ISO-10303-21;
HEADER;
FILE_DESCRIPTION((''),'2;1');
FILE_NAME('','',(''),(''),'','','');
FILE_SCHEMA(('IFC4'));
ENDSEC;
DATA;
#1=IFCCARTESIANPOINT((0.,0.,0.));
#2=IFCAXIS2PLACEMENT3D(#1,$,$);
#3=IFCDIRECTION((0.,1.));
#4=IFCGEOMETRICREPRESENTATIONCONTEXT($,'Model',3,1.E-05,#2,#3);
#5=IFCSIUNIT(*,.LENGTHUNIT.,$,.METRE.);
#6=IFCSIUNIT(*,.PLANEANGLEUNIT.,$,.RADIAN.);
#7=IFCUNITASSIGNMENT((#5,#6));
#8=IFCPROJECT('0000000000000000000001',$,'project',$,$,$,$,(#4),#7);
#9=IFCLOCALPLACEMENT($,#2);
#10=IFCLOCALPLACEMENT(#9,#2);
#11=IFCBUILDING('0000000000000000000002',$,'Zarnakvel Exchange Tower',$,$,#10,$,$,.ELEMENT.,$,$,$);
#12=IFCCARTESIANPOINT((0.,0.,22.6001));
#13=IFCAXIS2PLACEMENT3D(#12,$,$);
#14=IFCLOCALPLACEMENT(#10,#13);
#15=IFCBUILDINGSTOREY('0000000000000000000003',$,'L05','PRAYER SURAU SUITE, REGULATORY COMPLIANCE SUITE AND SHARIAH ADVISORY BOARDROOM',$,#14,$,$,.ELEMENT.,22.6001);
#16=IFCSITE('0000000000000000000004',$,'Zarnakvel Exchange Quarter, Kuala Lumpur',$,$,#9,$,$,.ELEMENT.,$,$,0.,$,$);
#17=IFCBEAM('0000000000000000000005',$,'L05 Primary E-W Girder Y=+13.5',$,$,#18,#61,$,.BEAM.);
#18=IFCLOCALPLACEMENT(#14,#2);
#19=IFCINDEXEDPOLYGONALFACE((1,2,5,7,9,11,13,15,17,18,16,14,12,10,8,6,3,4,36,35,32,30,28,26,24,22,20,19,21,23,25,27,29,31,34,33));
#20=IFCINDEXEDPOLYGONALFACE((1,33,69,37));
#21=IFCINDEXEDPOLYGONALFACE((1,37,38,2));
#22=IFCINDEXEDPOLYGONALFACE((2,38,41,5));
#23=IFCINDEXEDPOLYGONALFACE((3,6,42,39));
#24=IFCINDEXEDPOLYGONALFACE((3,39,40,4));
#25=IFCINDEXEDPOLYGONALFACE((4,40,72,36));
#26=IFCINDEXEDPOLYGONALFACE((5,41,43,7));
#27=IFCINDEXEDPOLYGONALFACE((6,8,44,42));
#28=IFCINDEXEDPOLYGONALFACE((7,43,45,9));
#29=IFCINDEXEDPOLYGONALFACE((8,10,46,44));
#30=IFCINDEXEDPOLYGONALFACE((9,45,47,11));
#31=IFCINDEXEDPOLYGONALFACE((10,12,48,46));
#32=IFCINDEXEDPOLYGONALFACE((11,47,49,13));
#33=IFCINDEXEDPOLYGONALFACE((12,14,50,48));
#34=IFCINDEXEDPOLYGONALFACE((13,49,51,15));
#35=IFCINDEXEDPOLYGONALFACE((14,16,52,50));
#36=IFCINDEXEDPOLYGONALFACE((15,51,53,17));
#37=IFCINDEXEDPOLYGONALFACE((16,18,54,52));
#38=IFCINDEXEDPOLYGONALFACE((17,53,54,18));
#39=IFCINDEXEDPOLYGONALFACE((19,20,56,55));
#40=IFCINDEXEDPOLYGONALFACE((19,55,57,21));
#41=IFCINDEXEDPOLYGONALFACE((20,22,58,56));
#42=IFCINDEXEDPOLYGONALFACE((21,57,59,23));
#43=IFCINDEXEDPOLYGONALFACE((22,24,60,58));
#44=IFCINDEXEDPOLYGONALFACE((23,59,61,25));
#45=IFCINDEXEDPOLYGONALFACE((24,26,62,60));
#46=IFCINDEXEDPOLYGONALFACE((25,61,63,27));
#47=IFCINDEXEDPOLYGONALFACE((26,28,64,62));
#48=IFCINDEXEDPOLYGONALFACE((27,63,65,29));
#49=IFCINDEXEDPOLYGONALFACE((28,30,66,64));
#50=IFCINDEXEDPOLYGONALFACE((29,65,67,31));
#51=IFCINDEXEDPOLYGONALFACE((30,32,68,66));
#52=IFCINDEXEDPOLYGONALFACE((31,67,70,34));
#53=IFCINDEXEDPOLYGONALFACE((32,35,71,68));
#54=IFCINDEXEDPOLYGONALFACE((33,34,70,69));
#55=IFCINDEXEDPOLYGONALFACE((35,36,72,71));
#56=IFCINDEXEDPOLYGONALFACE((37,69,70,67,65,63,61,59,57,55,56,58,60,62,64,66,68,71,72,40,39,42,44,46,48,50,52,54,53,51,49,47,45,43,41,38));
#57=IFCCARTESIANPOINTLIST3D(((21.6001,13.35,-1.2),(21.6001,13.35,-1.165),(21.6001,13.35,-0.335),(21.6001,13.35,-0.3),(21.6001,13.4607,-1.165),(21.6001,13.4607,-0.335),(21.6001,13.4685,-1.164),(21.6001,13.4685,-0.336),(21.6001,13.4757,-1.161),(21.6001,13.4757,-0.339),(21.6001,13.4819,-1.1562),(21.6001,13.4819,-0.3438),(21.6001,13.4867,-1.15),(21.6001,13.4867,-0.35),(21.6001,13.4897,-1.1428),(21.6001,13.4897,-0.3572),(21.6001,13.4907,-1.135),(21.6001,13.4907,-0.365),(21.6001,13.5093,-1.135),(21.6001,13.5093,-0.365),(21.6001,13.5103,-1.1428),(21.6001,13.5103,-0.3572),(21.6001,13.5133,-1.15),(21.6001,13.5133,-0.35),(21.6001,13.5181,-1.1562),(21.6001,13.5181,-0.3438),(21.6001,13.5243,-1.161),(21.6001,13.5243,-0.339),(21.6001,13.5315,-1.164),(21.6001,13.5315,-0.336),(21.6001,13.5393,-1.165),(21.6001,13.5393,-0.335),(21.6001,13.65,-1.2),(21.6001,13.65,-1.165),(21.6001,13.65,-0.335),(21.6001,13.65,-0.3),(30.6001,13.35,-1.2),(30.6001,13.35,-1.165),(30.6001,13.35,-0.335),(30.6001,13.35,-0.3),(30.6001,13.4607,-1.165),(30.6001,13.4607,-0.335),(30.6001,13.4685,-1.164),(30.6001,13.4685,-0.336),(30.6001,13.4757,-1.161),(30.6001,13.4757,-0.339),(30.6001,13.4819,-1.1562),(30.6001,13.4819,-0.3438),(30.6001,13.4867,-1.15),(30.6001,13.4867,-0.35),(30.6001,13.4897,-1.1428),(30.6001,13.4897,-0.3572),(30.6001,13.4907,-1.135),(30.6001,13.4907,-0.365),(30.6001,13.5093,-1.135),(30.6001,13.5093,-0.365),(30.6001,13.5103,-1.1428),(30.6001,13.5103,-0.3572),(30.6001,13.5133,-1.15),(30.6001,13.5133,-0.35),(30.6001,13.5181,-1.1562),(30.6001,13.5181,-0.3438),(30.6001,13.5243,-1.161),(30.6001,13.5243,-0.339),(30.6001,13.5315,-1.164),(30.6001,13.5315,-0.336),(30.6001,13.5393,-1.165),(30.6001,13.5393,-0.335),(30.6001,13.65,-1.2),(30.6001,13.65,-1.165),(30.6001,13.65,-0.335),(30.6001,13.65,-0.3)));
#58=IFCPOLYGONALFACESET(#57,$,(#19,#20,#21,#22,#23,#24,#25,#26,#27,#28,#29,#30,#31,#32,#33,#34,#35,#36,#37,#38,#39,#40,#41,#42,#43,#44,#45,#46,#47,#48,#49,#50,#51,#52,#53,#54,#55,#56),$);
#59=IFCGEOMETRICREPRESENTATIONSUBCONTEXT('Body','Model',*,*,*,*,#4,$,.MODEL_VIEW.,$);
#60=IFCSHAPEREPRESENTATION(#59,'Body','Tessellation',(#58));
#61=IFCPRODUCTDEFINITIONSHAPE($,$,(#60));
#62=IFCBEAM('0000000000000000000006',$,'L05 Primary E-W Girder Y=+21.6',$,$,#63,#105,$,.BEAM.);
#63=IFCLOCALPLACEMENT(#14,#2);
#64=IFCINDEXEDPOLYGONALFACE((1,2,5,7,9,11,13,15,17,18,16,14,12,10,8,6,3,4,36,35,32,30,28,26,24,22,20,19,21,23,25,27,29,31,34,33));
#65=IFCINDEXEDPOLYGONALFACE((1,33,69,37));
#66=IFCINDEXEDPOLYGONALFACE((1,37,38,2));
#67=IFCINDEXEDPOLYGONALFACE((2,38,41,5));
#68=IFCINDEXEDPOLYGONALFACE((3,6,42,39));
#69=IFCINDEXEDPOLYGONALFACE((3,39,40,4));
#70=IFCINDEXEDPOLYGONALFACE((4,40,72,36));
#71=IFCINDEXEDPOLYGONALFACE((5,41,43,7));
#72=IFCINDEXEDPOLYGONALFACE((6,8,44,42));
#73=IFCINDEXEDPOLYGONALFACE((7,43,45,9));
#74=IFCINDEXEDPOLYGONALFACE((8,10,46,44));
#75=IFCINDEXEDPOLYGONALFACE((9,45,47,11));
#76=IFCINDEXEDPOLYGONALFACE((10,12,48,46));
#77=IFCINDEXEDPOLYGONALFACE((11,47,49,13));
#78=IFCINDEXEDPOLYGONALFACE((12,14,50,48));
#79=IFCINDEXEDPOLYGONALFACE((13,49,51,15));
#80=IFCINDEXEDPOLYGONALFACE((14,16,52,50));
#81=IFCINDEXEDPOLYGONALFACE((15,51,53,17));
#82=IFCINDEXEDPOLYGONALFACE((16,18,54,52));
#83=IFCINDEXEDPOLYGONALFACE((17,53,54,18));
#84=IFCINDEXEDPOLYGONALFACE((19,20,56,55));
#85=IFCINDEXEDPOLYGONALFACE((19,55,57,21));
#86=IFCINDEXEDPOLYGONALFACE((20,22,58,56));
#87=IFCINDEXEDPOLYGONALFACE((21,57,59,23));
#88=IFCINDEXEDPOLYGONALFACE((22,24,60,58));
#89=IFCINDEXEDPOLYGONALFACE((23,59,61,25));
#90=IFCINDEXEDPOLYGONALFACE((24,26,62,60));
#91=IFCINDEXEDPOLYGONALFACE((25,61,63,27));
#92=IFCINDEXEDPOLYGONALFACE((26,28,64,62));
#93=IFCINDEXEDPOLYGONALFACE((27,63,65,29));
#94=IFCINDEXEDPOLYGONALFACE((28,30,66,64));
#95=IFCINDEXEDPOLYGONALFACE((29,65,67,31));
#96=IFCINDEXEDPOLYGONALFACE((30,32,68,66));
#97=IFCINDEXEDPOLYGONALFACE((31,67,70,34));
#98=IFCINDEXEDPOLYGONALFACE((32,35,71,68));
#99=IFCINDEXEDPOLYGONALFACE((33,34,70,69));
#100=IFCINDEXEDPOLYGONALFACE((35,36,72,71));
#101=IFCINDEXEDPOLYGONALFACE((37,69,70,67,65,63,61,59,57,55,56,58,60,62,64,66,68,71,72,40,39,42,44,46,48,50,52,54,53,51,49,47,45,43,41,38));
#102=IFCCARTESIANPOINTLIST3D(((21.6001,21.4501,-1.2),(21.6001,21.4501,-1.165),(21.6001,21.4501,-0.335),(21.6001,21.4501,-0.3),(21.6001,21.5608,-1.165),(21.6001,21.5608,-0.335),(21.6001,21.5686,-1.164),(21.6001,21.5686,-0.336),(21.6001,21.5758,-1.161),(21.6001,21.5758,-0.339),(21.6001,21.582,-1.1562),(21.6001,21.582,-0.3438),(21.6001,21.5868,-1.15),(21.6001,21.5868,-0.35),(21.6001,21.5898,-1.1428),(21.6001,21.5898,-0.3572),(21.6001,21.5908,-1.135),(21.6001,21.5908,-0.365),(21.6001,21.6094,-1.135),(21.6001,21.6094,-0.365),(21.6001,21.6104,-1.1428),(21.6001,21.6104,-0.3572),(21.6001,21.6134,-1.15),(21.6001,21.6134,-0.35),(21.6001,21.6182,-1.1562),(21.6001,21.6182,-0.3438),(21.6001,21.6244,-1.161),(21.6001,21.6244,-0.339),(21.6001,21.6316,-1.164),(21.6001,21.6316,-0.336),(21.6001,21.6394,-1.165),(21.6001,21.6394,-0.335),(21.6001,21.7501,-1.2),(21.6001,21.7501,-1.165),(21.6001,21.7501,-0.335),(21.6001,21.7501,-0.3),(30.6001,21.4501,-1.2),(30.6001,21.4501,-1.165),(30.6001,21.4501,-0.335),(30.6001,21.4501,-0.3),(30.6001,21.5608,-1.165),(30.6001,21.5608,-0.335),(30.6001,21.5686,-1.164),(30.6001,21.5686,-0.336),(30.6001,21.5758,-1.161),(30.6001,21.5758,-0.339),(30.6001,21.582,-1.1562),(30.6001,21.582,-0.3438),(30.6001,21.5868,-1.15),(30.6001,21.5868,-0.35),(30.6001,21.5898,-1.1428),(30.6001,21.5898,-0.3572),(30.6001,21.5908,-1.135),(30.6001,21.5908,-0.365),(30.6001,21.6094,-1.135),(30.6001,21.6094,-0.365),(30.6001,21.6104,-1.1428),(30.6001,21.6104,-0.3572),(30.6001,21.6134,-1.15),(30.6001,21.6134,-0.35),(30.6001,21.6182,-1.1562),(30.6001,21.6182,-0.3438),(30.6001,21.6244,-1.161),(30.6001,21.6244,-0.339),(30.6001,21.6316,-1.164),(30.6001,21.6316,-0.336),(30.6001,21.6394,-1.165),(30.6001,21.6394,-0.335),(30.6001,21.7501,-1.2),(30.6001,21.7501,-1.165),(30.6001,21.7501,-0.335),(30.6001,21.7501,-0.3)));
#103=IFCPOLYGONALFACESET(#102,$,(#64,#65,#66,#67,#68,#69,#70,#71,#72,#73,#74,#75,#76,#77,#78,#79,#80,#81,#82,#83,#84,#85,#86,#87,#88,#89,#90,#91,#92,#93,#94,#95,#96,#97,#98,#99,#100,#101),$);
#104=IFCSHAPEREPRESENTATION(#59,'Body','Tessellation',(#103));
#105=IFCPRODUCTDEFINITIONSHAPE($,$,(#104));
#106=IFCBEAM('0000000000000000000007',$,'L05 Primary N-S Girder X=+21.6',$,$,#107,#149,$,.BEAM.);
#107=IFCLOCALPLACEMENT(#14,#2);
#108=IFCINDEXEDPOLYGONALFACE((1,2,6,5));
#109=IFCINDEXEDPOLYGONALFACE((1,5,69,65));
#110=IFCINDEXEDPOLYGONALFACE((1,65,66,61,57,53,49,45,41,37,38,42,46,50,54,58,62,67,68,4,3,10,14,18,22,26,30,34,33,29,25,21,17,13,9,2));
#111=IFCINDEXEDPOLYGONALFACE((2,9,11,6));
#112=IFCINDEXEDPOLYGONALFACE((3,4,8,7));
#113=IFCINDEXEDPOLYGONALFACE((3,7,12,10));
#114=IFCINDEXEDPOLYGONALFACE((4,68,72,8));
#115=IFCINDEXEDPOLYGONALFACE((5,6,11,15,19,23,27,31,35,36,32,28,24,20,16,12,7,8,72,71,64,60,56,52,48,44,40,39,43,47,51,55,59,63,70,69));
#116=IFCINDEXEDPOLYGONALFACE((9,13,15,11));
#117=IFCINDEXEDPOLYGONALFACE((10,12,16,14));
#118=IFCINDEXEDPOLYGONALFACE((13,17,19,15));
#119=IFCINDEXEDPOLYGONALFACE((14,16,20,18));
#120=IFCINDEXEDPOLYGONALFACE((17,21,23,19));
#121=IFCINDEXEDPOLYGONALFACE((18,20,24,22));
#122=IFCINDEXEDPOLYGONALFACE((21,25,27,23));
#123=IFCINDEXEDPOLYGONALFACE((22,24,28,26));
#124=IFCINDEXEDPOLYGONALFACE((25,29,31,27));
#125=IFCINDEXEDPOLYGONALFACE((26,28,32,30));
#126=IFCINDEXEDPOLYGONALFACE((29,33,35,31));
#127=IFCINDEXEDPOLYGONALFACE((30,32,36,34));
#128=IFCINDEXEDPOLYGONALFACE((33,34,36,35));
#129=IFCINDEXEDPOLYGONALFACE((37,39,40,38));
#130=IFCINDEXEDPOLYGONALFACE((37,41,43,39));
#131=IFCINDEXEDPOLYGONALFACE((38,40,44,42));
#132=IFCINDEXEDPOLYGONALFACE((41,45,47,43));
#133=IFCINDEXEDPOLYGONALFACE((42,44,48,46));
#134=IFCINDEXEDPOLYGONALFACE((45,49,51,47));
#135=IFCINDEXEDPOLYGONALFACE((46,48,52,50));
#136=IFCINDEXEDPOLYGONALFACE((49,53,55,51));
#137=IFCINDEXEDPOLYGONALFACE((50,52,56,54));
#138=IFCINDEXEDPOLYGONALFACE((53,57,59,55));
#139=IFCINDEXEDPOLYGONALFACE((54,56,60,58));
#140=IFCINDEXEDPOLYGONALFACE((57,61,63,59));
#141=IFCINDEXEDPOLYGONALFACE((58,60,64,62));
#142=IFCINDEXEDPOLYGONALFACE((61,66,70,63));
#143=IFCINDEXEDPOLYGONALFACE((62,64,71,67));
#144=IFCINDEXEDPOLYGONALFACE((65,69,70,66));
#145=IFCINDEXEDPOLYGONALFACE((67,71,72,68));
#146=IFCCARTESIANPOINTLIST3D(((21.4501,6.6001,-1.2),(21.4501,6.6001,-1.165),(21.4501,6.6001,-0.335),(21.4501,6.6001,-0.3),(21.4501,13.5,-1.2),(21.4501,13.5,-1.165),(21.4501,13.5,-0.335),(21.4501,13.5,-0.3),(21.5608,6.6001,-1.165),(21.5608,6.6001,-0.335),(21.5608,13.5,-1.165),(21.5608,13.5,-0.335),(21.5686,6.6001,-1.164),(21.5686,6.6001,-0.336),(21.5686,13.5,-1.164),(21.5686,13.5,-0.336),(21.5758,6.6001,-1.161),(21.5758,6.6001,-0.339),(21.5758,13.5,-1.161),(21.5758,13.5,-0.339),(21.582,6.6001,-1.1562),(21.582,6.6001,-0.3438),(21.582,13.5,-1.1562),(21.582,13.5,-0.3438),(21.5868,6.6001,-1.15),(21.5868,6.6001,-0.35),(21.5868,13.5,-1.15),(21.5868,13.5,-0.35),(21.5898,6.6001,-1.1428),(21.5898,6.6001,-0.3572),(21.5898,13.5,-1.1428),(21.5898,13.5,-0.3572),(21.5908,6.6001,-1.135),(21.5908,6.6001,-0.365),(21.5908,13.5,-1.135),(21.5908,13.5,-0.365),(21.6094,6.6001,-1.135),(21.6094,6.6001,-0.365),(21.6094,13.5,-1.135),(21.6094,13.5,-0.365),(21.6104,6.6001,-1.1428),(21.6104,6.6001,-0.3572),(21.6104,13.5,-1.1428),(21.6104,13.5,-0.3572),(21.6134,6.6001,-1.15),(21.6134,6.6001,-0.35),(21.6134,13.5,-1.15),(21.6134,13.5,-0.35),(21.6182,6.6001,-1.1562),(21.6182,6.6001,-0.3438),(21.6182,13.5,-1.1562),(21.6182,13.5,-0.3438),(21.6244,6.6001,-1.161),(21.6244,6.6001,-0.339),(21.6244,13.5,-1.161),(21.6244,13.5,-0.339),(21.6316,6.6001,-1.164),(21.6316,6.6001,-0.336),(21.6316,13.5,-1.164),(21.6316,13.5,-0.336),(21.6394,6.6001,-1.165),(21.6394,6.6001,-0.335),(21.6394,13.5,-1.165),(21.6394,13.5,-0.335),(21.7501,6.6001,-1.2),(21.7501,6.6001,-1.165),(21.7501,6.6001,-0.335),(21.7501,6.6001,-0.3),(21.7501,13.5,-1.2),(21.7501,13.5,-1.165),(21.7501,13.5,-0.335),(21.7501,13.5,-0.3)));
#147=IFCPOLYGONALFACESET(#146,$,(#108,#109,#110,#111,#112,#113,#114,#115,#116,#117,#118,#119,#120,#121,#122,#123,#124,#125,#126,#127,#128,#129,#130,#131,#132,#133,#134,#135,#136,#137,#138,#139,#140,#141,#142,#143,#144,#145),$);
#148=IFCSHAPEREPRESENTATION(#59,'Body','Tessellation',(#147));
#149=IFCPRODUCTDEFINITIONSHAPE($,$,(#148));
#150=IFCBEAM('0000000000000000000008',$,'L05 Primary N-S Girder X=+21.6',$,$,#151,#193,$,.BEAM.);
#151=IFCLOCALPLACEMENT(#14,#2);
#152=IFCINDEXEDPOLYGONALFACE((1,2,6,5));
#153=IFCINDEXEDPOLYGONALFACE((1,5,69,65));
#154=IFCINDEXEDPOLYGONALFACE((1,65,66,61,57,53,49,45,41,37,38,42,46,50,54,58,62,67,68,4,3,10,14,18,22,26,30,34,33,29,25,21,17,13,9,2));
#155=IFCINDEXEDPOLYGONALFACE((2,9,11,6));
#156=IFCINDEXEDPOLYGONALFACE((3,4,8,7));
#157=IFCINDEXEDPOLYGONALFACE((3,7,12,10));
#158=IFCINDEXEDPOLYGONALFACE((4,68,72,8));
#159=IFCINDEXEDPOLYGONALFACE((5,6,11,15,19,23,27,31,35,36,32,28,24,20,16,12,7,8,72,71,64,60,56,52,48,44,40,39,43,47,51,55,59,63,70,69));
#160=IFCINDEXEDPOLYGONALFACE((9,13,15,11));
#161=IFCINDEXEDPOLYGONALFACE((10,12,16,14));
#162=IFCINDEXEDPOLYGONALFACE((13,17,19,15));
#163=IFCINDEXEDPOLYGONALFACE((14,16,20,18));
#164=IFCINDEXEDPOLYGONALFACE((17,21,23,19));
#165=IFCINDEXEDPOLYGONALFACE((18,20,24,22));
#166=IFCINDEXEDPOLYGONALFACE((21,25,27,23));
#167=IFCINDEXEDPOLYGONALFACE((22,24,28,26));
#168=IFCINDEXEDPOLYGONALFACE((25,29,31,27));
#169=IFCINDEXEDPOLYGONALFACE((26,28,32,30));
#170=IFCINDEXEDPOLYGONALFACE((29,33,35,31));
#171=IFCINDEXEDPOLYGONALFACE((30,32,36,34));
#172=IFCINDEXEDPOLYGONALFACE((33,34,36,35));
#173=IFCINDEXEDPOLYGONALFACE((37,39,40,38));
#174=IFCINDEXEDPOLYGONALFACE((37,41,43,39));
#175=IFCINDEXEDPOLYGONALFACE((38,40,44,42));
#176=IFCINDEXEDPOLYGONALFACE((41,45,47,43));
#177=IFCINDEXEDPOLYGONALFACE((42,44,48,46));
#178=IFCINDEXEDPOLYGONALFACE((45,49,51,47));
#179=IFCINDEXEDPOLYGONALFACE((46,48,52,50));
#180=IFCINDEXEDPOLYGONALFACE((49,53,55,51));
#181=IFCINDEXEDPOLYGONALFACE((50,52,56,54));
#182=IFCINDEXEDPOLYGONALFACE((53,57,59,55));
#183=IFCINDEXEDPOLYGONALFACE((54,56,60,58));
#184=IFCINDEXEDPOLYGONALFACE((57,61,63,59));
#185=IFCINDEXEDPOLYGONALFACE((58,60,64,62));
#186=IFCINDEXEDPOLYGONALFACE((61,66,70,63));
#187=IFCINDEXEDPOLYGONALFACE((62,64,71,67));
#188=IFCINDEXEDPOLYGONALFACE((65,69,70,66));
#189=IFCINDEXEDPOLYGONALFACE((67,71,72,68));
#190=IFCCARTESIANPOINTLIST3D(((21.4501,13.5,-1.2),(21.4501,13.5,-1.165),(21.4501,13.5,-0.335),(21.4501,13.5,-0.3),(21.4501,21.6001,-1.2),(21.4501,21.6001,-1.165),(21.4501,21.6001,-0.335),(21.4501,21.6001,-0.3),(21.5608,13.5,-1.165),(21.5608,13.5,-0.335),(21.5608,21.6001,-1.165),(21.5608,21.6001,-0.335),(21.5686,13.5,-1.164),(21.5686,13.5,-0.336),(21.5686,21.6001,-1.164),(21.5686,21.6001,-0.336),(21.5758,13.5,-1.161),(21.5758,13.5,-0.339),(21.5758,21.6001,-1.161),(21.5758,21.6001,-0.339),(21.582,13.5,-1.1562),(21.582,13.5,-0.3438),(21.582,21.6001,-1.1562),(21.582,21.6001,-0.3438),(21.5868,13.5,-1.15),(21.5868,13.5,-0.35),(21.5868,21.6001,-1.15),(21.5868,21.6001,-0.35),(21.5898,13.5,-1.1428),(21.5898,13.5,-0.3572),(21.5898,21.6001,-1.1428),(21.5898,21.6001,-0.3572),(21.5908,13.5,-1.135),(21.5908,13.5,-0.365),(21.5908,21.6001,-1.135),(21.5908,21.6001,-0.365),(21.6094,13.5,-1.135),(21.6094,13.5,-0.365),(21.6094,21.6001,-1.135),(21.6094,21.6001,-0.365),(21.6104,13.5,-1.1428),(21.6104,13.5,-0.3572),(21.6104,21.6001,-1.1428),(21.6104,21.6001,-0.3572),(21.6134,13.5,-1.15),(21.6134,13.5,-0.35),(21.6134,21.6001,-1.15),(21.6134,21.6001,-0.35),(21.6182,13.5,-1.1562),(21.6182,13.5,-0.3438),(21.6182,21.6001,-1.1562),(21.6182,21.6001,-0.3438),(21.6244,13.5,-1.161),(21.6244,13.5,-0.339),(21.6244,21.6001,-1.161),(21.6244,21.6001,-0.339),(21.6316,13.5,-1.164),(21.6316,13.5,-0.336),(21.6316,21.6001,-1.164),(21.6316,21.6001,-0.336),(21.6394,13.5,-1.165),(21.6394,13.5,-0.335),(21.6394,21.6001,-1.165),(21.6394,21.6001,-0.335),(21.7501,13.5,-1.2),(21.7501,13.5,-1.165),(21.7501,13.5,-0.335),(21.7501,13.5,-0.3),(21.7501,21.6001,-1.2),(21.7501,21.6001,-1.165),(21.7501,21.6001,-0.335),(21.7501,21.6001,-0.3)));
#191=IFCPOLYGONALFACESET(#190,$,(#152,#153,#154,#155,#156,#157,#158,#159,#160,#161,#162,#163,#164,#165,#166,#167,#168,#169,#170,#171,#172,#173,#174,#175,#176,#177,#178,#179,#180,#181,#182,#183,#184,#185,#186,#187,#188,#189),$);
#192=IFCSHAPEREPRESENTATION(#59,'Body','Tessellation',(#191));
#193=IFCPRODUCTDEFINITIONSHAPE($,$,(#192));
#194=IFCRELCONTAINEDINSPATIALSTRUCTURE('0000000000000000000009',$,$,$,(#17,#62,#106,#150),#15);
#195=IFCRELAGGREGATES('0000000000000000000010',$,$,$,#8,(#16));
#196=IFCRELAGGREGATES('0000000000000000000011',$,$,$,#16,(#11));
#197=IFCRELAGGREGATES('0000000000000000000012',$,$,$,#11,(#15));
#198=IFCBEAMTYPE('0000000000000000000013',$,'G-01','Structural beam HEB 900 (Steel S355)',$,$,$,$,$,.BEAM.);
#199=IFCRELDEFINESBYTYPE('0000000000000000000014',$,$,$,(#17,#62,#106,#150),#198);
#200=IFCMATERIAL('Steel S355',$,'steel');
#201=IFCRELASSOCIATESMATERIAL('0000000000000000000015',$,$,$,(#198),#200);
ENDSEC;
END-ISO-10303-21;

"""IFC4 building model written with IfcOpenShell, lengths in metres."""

from ifc_helpers import new_model, si_unit, direction, frame, origin, origin_2d, place, context, subcontext, project, spatial, i_section, extrude, material, material_profile, profile_set, type_object, element, save


model = new_model("IFC4")

# Units and contexts
model_context = context("Model", 3, precision=1e-05, world=origin(), true_north=direction((0.0, 1.0)))
body_context = subcontext(model_context, "Body", "Model", "MODEL_VIEW")
ifc_project = project(units=[si_unit("LENGTHUNIT", "METRE"), si_unit("PLANEANGLEUNIT", "RADIAN")], contexts=[model_context])

# Site, building, storey
site_placement = place(None, origin())
site = spatial("IfcSite", under=ifc_project, at=site_placement, Name="Zarnakvel Exchange Quarter, Kuala Lumpur", CompositionType="ELEMENT", RefElevation=0.0)
building_placement = place(site_placement, origin())
building = spatial("IfcBuilding", under=site, at=building_placement, Name="Zarnakvel Exchange Tower", CompositionType="ELEMENT")
storey_placement = place(building_placement, frame((0.0, 0.0, 22.6001)))
storey = spatial("IfcBuildingStorey", under=building, at=storey_placement, Name="L05", Description="PRAYER SURAU SUITE, REGULATORY COMPLIANCE SUITE AND SHARIAH ADVISORY BOARDROOM", CompositionType="ELEMENT", Elevation=22.6001)

# Beams
ifc_material_1 = material(Name="Steel S355", Category="steel")
ifc_material_profile_1 = material_profile(ifc_material_1, i_section(OverallWidth=0.3, OverallDepth=0.8999, WebThickness=0.0186, FlangeThickness=0.0349, FilletRadius=0.03, at=origin_2d()))
ifc_profile_set_1 = profile_set([ifc_material_profile_1], Name="Steel S355")
beam_type_1 = type_object("IfcBeamType", Name="G-01", Description="Structural beam HEB 900 (Steel S355)", PredefinedType="BEAM", material=ifc_profile_set_1)
for number, where, z_axis, x_axis, name in (
    (1, (21.6001, 13.5, -0.75), (1.0, 0.0, 0.0), (0.0, 1.0, 0.0), "L05 Primary E-W Girder Y=+13.5"),
    (2, (21.6001, 21.6001, -0.75), (1.0, 0.0, 0.0), (0.0, 1.0, 0.0), "L05 Primary E-W Girder Y=+21.6"),
):
    element("IfcBeam", number, at=place(storey_placement, frame(where, z_axis=z_axis, x_axis=x_axis)), inside=storey, type_object=beam_type_1, Name=name, PredefinedType="BEAM", context=body_context, shape_type="SweptSolid", body=[
        extrude(i_section(OverallWidth=0.3, OverallDepth=0.8999, WebThickness=0.0186, FlangeThickness=0.0349, FilletRadius=0.03, at=origin_2d()), origin(), (0.0, 0.0, 1.0), 9.0),
    ])
beam_1_placement = place(storey_placement, frame((21.6001, 6.6001, -0.75), z_axis=(0.0, 1.0, 0.0), x_axis=(-1.0, 0.0, 0.0)))
element("IfcBeam", 3, at=beam_1_placement, inside=storey, type_object=beam_type_1, Name="L05 Primary N-S Girder X=+21.6", PredefinedType="BEAM", context=body_context, shape_type="SweptSolid", body=[
    extrude(i_section(OverallWidth=0.3, OverallDepth=0.8999, WebThickness=0.0186, FlangeThickness=0.0349, FilletRadius=0.03, at=origin_2d()), origin(), (0.0, 0.0, 1.0), 6.8999),
])
beam_2_placement = place(storey_placement, frame((21.6001, 13.5, -0.75), z_axis=(0.0, 1.0, 0.0), x_axis=(-1.0, 0.0, 0.0)))
element("IfcBeam", 4, at=beam_2_placement, inside=storey, type_object=beam_type_1, Name="L05 Primary N-S Girder X=+21.6", PredefinedType="BEAM", context=body_context, shape_type="SweptSolid", body=[
    extrude(i_section(OverallWidth=0.3, OverallDepth=0.8999, WebThickness=0.0186, FlangeThickness=0.0349, FilletRadius=0.03, at=origin_2d()), origin(), (0.0, 0.0, 1.0), 8.1001),
])

save(model, "model.ifc")
